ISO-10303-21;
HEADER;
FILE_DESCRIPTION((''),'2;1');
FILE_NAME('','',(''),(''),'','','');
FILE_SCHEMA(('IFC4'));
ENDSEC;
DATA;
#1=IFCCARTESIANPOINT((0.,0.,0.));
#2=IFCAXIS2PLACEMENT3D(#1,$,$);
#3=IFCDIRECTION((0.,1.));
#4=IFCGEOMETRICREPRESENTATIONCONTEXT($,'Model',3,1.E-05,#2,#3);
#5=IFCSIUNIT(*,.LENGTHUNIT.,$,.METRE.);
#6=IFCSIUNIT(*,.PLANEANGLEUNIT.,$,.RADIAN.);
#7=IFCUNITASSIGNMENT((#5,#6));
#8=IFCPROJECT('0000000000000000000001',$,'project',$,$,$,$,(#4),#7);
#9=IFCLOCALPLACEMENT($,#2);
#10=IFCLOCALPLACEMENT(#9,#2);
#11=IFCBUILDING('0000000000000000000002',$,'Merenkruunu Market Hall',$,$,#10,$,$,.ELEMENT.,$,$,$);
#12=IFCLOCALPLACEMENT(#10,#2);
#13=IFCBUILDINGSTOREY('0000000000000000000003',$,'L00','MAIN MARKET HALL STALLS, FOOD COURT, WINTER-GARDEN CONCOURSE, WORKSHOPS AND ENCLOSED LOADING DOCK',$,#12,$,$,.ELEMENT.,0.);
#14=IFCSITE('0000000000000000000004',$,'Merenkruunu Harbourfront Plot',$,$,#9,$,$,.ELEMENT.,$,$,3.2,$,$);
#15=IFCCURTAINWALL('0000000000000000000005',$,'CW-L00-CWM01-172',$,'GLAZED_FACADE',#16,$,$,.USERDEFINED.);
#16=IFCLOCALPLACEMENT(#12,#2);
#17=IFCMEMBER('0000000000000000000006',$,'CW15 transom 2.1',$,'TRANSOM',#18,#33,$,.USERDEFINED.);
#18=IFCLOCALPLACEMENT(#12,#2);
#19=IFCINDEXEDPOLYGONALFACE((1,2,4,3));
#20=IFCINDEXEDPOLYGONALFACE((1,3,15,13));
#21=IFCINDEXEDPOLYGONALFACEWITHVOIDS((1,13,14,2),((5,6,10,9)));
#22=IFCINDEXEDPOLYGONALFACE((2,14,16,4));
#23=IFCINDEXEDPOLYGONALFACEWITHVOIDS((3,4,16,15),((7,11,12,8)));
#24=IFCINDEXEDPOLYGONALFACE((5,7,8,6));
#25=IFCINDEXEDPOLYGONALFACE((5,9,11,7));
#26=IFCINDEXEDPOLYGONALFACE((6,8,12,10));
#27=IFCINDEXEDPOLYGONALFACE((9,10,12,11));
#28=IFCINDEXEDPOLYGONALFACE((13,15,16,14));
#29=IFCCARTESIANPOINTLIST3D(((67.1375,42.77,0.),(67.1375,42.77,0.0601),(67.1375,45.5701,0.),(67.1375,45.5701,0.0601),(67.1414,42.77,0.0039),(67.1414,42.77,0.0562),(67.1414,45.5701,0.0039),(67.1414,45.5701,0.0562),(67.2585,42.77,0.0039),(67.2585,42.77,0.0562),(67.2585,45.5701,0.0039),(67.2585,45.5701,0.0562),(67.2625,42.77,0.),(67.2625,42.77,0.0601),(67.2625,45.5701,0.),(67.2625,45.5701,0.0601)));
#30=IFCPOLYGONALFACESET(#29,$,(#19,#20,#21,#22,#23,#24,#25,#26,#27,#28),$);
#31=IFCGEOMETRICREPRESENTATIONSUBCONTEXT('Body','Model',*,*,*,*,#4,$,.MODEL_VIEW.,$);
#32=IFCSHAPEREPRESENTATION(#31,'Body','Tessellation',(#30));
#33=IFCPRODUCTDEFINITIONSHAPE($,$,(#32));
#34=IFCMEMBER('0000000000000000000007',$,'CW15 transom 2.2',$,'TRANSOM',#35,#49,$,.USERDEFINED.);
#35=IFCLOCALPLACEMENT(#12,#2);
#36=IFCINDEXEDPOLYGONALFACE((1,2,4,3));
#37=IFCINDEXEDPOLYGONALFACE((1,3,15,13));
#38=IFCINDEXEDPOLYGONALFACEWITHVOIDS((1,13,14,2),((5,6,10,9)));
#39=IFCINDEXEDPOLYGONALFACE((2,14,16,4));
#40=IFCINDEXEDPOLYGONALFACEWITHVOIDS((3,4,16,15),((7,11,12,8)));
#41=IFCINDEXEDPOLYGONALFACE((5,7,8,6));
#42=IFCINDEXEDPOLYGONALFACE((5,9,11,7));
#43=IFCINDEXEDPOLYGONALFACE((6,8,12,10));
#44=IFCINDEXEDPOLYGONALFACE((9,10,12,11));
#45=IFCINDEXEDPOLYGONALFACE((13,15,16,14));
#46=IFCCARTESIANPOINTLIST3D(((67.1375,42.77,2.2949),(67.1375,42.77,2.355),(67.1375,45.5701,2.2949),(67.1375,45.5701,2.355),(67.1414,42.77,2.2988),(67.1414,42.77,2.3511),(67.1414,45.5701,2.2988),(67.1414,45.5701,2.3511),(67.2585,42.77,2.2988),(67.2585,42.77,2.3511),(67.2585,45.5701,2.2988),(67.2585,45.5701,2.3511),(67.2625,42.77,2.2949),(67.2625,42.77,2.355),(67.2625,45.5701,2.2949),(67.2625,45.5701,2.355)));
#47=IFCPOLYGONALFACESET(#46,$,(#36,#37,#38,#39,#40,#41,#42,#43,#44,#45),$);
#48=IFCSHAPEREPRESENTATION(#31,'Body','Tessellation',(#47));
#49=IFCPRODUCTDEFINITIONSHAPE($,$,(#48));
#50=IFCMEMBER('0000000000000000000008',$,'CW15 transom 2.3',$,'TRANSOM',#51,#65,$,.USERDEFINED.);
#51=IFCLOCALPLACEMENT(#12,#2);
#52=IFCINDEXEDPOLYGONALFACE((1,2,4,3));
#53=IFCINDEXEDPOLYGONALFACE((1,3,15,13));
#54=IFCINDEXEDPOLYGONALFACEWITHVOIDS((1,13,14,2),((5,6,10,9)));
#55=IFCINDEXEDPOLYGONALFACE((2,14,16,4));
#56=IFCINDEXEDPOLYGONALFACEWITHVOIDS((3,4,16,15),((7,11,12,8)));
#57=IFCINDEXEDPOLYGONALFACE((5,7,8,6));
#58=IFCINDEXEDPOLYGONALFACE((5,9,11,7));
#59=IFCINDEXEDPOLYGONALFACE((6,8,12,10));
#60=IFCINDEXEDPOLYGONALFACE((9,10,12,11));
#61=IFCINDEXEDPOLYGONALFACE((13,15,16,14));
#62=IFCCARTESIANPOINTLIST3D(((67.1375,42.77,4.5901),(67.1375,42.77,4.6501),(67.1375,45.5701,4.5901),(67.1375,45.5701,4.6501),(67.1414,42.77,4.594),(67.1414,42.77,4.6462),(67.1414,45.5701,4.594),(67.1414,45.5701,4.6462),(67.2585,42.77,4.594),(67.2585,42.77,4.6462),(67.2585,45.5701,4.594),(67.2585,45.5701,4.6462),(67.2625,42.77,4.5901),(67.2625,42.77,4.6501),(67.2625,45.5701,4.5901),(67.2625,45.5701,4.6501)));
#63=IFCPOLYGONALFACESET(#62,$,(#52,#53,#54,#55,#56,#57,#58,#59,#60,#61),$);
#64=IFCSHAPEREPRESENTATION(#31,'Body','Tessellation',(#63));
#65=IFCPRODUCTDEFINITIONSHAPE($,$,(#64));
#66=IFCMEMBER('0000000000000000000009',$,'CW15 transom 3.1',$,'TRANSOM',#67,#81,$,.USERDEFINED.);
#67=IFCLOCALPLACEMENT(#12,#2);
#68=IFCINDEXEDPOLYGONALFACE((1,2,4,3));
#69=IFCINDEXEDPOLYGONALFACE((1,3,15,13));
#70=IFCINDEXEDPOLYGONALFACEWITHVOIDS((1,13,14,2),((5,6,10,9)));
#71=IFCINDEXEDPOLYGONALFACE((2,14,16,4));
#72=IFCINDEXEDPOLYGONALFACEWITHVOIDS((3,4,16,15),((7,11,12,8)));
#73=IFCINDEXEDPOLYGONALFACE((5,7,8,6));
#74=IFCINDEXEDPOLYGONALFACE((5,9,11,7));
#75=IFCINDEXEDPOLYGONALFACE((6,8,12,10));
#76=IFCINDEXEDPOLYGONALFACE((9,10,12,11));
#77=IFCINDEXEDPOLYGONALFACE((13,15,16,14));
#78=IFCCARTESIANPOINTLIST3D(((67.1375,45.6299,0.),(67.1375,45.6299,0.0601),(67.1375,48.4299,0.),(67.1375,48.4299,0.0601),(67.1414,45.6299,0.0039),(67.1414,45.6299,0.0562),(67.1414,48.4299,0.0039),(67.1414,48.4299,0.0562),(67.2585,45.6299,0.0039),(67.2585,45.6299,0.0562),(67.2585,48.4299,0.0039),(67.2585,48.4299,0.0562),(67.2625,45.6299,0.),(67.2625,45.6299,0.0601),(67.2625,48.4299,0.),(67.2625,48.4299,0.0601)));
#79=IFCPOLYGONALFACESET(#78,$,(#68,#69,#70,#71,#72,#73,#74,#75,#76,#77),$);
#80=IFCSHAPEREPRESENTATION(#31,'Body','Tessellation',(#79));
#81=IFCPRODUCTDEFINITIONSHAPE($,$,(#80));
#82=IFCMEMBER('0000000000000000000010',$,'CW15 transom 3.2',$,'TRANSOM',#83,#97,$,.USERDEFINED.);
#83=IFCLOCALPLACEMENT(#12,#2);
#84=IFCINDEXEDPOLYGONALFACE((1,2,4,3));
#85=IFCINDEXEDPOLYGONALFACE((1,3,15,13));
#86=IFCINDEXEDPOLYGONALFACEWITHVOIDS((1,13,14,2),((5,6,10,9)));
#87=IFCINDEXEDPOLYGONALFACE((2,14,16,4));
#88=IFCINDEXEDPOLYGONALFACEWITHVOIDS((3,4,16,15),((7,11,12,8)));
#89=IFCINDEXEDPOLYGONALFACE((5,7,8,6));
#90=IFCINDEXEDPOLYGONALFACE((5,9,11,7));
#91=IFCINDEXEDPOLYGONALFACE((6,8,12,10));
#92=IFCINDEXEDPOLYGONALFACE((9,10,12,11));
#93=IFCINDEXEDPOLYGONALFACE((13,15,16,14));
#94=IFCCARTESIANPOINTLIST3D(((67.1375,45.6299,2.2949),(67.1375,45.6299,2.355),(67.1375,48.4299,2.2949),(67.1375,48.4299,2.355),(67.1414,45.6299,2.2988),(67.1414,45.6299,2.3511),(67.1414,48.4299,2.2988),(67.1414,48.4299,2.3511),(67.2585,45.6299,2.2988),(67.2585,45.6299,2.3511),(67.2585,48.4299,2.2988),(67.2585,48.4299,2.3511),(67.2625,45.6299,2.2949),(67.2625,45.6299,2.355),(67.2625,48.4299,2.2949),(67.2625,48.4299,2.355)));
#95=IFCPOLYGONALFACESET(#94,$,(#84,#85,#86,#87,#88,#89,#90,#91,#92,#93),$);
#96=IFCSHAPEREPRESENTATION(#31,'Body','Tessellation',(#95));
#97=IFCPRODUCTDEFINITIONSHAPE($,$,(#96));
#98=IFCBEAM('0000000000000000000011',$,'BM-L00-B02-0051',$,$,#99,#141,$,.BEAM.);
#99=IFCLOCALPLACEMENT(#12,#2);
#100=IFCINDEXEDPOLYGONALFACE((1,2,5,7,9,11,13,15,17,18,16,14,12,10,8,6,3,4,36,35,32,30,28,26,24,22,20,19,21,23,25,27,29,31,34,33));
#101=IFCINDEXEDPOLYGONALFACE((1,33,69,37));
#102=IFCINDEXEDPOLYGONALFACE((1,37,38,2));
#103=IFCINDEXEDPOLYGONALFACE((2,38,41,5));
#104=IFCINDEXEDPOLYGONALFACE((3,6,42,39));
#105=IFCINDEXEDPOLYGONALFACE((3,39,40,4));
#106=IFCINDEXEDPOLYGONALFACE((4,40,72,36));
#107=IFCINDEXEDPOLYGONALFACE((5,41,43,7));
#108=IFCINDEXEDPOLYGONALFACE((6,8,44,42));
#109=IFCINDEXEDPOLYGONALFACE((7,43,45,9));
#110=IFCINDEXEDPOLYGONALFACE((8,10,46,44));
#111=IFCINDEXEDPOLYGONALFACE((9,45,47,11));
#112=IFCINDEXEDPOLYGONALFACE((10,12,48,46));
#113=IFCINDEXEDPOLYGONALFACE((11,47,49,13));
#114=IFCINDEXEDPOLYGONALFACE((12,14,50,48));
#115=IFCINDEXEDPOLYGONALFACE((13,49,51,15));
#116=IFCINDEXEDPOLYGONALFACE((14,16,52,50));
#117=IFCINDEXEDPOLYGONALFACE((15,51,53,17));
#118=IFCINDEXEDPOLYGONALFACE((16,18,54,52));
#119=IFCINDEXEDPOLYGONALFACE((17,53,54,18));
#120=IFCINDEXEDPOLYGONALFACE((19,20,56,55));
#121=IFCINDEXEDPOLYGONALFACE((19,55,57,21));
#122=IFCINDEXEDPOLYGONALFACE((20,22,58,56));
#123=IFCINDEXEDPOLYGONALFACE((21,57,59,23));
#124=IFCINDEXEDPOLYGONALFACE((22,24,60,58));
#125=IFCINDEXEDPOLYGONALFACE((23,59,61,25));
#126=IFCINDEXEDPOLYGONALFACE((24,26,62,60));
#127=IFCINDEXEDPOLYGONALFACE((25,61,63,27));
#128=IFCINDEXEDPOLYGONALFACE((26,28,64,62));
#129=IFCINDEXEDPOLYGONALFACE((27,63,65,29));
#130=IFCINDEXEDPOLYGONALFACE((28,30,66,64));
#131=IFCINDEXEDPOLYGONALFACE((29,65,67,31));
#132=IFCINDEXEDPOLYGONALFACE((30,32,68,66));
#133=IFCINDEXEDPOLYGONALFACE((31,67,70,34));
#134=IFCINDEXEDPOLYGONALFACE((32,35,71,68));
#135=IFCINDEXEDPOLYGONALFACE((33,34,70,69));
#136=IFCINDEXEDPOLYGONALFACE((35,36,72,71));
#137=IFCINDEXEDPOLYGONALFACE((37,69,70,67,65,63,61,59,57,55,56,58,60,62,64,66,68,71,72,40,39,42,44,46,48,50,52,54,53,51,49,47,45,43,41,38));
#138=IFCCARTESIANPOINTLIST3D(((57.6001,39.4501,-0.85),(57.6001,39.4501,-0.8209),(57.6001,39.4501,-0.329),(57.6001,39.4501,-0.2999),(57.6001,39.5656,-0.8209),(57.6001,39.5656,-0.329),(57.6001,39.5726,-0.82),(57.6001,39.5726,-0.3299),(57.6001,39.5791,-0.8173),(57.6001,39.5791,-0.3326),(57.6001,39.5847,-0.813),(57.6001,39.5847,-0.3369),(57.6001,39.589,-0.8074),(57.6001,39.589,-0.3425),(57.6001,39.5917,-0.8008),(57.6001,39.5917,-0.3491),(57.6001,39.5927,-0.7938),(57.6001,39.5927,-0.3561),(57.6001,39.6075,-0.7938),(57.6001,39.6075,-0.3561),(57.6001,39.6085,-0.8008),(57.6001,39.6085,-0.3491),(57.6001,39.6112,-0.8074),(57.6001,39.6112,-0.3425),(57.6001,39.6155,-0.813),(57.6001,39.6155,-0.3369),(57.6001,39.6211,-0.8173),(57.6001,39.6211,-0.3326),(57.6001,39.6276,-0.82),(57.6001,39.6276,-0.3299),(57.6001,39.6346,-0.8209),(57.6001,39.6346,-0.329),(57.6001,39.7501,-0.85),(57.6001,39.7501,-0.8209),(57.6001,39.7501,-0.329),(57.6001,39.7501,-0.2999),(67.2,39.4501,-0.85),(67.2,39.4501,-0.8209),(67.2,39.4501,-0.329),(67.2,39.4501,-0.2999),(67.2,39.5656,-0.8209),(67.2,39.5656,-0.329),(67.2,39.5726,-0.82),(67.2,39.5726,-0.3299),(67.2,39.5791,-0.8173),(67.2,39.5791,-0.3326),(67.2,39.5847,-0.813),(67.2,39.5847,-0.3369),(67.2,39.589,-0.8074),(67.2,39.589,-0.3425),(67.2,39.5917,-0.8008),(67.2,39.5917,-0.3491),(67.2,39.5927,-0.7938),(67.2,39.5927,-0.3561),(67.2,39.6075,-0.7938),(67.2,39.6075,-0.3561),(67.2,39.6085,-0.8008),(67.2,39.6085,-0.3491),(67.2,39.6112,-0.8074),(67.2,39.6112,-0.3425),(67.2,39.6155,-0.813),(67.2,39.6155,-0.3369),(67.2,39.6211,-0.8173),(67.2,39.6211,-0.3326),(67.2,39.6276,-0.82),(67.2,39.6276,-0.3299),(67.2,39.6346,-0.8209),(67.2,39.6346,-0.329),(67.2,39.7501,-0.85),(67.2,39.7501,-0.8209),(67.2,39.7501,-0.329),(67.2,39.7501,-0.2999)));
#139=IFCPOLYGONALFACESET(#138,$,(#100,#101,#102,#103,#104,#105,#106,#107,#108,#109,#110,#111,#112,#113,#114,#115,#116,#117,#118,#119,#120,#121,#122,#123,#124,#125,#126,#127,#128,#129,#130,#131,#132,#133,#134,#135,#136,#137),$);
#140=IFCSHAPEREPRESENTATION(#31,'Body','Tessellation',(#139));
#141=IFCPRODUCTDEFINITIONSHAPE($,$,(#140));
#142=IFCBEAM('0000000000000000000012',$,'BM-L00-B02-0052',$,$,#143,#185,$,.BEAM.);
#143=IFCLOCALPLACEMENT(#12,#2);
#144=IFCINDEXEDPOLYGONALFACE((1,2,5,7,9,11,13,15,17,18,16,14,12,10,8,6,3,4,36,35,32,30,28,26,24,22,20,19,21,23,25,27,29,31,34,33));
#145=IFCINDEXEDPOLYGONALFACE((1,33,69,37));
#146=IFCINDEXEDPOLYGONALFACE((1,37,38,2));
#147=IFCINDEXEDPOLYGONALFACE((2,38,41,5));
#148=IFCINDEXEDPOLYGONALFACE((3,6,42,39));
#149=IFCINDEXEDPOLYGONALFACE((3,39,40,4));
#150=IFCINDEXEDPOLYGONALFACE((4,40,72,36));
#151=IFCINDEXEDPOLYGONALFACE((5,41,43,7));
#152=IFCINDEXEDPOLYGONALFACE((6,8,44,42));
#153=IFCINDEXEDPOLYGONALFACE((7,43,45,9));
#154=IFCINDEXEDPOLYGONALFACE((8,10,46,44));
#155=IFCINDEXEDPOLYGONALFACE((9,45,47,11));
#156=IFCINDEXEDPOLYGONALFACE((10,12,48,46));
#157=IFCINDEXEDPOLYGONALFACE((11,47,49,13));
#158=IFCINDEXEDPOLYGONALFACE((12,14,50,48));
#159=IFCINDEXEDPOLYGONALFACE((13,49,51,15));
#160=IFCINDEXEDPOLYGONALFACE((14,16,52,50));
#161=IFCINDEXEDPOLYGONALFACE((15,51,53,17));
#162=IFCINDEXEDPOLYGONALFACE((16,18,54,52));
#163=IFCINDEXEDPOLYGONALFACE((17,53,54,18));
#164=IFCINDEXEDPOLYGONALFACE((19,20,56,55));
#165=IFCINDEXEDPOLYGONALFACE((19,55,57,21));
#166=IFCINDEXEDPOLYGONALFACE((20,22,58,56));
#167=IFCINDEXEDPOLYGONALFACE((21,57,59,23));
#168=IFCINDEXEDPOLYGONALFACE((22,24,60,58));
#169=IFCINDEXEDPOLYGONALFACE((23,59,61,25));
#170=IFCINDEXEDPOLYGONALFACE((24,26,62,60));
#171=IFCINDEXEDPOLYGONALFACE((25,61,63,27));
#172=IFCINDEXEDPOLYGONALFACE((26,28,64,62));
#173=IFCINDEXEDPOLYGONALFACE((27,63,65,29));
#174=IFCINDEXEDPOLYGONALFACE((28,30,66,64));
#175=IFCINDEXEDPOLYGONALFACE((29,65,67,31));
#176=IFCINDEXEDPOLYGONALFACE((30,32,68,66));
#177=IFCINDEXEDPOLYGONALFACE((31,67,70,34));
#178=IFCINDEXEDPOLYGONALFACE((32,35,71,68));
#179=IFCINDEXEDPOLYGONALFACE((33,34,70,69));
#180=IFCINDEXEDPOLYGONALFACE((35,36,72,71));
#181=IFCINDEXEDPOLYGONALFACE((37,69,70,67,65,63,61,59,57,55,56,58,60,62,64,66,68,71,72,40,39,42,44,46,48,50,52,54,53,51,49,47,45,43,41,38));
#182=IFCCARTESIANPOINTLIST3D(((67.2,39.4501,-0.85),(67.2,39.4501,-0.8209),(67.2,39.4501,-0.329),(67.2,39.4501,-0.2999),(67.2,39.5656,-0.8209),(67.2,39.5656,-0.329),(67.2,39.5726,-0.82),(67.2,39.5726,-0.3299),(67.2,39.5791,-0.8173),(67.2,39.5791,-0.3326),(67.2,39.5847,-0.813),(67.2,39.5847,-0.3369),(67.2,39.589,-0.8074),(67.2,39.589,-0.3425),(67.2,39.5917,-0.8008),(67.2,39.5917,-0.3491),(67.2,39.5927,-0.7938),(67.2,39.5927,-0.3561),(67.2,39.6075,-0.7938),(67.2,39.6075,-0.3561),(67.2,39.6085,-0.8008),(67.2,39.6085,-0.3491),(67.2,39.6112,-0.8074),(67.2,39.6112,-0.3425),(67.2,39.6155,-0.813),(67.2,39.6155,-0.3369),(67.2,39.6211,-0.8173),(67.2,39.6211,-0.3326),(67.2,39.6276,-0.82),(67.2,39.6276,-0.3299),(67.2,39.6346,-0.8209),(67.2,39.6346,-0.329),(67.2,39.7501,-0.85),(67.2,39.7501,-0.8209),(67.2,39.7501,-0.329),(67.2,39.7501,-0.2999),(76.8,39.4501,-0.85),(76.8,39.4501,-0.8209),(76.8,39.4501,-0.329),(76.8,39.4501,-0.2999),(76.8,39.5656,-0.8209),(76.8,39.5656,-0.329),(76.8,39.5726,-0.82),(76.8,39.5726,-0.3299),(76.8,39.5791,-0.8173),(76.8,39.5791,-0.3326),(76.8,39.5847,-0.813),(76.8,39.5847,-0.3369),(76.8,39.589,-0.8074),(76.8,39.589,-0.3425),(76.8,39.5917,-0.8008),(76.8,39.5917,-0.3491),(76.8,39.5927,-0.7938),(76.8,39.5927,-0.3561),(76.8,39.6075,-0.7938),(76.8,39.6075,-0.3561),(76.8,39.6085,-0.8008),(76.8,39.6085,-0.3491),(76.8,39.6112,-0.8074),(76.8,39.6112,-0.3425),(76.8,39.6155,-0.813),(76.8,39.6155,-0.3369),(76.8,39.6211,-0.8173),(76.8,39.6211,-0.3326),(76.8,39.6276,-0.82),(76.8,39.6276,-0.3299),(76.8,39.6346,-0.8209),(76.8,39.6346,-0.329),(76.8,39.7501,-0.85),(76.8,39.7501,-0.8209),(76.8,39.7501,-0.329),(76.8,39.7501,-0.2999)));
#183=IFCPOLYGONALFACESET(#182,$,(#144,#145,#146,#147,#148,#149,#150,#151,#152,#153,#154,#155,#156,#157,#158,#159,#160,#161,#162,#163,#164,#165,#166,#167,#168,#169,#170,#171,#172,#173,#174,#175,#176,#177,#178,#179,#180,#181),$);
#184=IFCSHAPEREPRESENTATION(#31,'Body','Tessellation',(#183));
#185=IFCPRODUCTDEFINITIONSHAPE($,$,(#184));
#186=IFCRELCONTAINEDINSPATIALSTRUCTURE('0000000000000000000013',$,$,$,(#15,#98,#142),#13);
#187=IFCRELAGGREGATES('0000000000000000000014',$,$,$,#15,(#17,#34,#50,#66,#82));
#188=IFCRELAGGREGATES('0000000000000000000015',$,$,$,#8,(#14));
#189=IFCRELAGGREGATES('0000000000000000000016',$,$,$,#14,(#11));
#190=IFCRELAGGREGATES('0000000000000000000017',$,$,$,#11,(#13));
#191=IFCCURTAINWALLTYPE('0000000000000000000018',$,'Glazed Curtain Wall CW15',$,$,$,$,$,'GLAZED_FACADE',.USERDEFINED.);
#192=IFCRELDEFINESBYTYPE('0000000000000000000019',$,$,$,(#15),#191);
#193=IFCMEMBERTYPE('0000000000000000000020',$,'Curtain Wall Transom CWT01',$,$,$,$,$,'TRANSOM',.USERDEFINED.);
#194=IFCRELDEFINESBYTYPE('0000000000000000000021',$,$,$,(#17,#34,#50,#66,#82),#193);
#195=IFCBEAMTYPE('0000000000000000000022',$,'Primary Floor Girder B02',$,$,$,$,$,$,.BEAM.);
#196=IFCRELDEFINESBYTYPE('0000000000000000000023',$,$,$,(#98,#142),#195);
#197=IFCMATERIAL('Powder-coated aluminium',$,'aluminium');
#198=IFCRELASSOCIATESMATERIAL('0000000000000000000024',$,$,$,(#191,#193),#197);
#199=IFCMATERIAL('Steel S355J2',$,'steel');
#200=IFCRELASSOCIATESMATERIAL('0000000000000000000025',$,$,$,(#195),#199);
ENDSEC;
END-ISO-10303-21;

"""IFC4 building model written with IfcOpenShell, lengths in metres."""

from ifc_helpers import new_model, si_unit, direction, frame, origin, origin_2d, place, context, subcontext, project, spatial, hollow_rectangle, i_section, extrude, material, material_profile, profile_set, type_object, element, aggregate, save


model = new_model("IFC4")

# Units and contexts
model_context = context("Model", 3, precision=1e-05, world=origin(), true_north=direction((0.0, 1.0)))
body_context = subcontext(model_context, "Body", "Model", "MODEL_VIEW")
ifc_project = project(units=[si_unit("LENGTHUNIT", "METRE"), si_unit("PLANEANGLEUNIT", "RADIAN")], contexts=[model_context])

# Site, building, storey
site_placement = place(None, origin())
site = spatial("IfcSite", under=ifc_project, at=site_placement, Name="Merenkruunu Harbourfront Plot", CompositionType="ELEMENT", RefElevation=3.2)
building_placement = place(site_placement, origin())
building = spatial("IfcBuilding", under=site, at=building_placement, Name="Merenkruunu Market Hall", CompositionType="ELEMENT")
storey_placement = place(building_placement, origin())
storey = spatial("IfcBuildingStorey", under=building, at=storey_placement, Name="L00", Description="MAIN MARKET HALL STALLS, FOOD COURT, WINTER-GARDEN CONCOURSE, WORKSHOPS AND ENCLOSED LOADING DOCK", CompositionType="ELEMENT", Elevation=0.0)

# Shared definitions
ifc_material_1 = material(Name="Powder-coated aluminium", Category="aluminium")
curtain_wall_type = type_object("IfcCurtainWallType", Name="Glazed Curtain Wall CW15", ElementType="GLAZED_FACADE", PredefinedType="USERDEFINED", material=ifc_material_1)

# Curtain wall, members
curtain_wall_1_placement = place(storey_placement, origin())
curtain_wall_1 = element("IfcCurtainWall", 1, at=curtain_wall_1_placement, inside=storey, type_object=curtain_wall_type, Name="CW-L00-CWM01-172", ObjectType="GLAZED_FACADE", PredefinedType="USERDEFINED")
ifc_material_profile_1 = material_profile(ifc_material_1, hollow_rectangle(XDim=0.0601, YDim=0.125, WallThickness=0.0039, at=origin_2d()), Name="ALU 60x125x4")
ifc_profile_set_1 = profile_set([ifc_material_profile_1], Name="Powder-coated aluminium")
member_type_1 = type_object("IfcMemberType", Name="Curtain Wall Transom CWT01", ElementType="TRANSOM", PredefinedType="USERDEFINED", material=ifc_profile_set_1)
member_1_placement = place(storey_placement, frame((67.2, 42.77, 0.03), z_axis=(0.0, 1.0, 0.0), x_axis=(0.0, 0.0, 1.0)))
member_1 = element("IfcMember", 2, at=member_1_placement, type_object=member_type_1, Name="CW15 transom 2.1", ObjectType="TRANSOM", PredefinedType="USERDEFINED", context=body_context, shape_type="SweptSolid", body=[
    extrude(hollow_rectangle(XDim=0.0601, YDim=0.125, WallThickness=0.0039, at=origin_2d()), origin(), (0.0, 0.0, 1.0), 2.8),
])
member_2_placement = place(storey_placement, frame((67.2, 42.77, 2.325), z_axis=(0.0, 1.0, 0.0), x_axis=(0.0, 0.0, 1.0)))
member_2 = element("IfcMember", 3, at=member_2_placement, type_object=member_type_1, Name="CW15 transom 2.2", ObjectType="TRANSOM", PredefinedType="USERDEFINED", context=body_context, shape_type="SweptSolid", body=[
    extrude(hollow_rectangle(XDim=0.0601, YDim=0.125, WallThickness=0.0039, at=origin_2d()), origin(), (0.0, 0.0, 1.0), 2.8),
])
member_3_placement = place(storey_placement, frame((67.2, 42.77, 4.6201), z_axis=(0.0, 1.0, 0.0), x_axis=(0.0, 0.0, 1.0)))
member_3 = element("IfcMember", 4, at=member_3_placement, type_object=member_type_1, Name="CW15 transom 2.3", ObjectType="TRANSOM", PredefinedType="USERDEFINED", context=body_context, shape_type="SweptSolid", body=[
    extrude(hollow_rectangle(XDim=0.0601, YDim=0.125, WallThickness=0.0039, at=origin_2d()), origin(), (0.0, 0.0, 1.0), 2.8),
])
member_4_placement = place(storey_placement, frame((67.2, 45.6299, 0.03), z_axis=(0.0, 1.0, 0.0), x_axis=(0.0, 0.0, 1.0)))
member_4 = element("IfcMember", 5, at=member_4_placement, type_object=member_type_1, Name="CW15 transom 3.1", ObjectType="TRANSOM", PredefinedType="USERDEFINED", context=body_context, shape_type="SweptSolid", body=[
    extrude(hollow_rectangle(XDim=0.0601, YDim=0.125, WallThickness=0.0039, at=origin_2d()), origin(), (0.0, 0.0, 1.0), 2.8),
])
member_5_placement = place(storey_placement, frame((67.2, 45.6299, 2.325), z_axis=(0.0, 1.0, 0.0), x_axis=(0.0, 0.0, 1.0)))
member_5 = element("IfcMember", 6, at=member_5_placement, type_object=member_type_1, Name="CW15 transom 3.2", ObjectType="TRANSOM", PredefinedType="USERDEFINED", context=body_context, shape_type="SweptSolid", body=[
    extrude(hollow_rectangle(XDim=0.0601, YDim=0.125, WallThickness=0.0039, at=origin_2d()), origin(), (0.0, 0.0, 1.0), 2.8),
])

# Beams
ifc_material_2 = material(Name="Steel S355J2", Category="steel")
ifc_material_profile_2 = material_profile(ifc_material_2, i_section(OverallWidth=0.3, OverallDepth=0.55, WebThickness=0.0149, FlangeThickness=0.0291, FilletRadius=0.0271, at=origin_2d()), Name="HEB 550")
ifc_profile_set_2 = profile_set([ifc_material_profile_2], Name="Steel S355J2")
beam_type_1 = type_object("IfcBeamType", Name="Primary Floor Girder B02", PredefinedType="BEAM", material=ifc_profile_set_2)
beam_1_placement = place(storey_placement, frame((57.6001, 39.6001, -0.575), z_axis=(1.0, 0.0, 0.0), x_axis=(0.0, 1.0, 0.0)))
element("IfcBeam", 7, at=beam_1_placement, inside=storey, type_object=beam_type_1, Name="BM-L00-B02-0051", PredefinedType="BEAM", context=body_context, shape_type="SweptSolid", body=[
    extrude(i_section(OverallWidth=0.3, OverallDepth=0.55, WebThickness=0.0149, FlangeThickness=0.0291, FilletRadius=0.0271, at=origin_2d()), origin(), (0.0, 0.0, 1.0), 9.5999),
])
beam_2_placement = place(storey_placement, frame((67.2, 39.6001, -0.575), z_axis=(1.0, 0.0, 0.0), x_axis=(0.0, 1.0, 0.0)))
element("IfcBeam", 8, at=beam_2_placement, inside=storey, type_object=beam_type_1, Name="BM-L00-B02-0052", PredefinedType="BEAM", context=body_context, shape_type="SweptSolid", body=[
    extrude(i_section(OverallWidth=0.3, OverallDepth=0.55, WebThickness=0.0149, FlangeThickness=0.0291, FilletRadius=0.0271, at=origin_2d()), origin(), (0.0, 0.0, 1.0), 9.6001),
])

aggregate(curtain_wall_1, [member_1, member_2, member_3, member_4, member_5])

save(model, "model.ifc")
